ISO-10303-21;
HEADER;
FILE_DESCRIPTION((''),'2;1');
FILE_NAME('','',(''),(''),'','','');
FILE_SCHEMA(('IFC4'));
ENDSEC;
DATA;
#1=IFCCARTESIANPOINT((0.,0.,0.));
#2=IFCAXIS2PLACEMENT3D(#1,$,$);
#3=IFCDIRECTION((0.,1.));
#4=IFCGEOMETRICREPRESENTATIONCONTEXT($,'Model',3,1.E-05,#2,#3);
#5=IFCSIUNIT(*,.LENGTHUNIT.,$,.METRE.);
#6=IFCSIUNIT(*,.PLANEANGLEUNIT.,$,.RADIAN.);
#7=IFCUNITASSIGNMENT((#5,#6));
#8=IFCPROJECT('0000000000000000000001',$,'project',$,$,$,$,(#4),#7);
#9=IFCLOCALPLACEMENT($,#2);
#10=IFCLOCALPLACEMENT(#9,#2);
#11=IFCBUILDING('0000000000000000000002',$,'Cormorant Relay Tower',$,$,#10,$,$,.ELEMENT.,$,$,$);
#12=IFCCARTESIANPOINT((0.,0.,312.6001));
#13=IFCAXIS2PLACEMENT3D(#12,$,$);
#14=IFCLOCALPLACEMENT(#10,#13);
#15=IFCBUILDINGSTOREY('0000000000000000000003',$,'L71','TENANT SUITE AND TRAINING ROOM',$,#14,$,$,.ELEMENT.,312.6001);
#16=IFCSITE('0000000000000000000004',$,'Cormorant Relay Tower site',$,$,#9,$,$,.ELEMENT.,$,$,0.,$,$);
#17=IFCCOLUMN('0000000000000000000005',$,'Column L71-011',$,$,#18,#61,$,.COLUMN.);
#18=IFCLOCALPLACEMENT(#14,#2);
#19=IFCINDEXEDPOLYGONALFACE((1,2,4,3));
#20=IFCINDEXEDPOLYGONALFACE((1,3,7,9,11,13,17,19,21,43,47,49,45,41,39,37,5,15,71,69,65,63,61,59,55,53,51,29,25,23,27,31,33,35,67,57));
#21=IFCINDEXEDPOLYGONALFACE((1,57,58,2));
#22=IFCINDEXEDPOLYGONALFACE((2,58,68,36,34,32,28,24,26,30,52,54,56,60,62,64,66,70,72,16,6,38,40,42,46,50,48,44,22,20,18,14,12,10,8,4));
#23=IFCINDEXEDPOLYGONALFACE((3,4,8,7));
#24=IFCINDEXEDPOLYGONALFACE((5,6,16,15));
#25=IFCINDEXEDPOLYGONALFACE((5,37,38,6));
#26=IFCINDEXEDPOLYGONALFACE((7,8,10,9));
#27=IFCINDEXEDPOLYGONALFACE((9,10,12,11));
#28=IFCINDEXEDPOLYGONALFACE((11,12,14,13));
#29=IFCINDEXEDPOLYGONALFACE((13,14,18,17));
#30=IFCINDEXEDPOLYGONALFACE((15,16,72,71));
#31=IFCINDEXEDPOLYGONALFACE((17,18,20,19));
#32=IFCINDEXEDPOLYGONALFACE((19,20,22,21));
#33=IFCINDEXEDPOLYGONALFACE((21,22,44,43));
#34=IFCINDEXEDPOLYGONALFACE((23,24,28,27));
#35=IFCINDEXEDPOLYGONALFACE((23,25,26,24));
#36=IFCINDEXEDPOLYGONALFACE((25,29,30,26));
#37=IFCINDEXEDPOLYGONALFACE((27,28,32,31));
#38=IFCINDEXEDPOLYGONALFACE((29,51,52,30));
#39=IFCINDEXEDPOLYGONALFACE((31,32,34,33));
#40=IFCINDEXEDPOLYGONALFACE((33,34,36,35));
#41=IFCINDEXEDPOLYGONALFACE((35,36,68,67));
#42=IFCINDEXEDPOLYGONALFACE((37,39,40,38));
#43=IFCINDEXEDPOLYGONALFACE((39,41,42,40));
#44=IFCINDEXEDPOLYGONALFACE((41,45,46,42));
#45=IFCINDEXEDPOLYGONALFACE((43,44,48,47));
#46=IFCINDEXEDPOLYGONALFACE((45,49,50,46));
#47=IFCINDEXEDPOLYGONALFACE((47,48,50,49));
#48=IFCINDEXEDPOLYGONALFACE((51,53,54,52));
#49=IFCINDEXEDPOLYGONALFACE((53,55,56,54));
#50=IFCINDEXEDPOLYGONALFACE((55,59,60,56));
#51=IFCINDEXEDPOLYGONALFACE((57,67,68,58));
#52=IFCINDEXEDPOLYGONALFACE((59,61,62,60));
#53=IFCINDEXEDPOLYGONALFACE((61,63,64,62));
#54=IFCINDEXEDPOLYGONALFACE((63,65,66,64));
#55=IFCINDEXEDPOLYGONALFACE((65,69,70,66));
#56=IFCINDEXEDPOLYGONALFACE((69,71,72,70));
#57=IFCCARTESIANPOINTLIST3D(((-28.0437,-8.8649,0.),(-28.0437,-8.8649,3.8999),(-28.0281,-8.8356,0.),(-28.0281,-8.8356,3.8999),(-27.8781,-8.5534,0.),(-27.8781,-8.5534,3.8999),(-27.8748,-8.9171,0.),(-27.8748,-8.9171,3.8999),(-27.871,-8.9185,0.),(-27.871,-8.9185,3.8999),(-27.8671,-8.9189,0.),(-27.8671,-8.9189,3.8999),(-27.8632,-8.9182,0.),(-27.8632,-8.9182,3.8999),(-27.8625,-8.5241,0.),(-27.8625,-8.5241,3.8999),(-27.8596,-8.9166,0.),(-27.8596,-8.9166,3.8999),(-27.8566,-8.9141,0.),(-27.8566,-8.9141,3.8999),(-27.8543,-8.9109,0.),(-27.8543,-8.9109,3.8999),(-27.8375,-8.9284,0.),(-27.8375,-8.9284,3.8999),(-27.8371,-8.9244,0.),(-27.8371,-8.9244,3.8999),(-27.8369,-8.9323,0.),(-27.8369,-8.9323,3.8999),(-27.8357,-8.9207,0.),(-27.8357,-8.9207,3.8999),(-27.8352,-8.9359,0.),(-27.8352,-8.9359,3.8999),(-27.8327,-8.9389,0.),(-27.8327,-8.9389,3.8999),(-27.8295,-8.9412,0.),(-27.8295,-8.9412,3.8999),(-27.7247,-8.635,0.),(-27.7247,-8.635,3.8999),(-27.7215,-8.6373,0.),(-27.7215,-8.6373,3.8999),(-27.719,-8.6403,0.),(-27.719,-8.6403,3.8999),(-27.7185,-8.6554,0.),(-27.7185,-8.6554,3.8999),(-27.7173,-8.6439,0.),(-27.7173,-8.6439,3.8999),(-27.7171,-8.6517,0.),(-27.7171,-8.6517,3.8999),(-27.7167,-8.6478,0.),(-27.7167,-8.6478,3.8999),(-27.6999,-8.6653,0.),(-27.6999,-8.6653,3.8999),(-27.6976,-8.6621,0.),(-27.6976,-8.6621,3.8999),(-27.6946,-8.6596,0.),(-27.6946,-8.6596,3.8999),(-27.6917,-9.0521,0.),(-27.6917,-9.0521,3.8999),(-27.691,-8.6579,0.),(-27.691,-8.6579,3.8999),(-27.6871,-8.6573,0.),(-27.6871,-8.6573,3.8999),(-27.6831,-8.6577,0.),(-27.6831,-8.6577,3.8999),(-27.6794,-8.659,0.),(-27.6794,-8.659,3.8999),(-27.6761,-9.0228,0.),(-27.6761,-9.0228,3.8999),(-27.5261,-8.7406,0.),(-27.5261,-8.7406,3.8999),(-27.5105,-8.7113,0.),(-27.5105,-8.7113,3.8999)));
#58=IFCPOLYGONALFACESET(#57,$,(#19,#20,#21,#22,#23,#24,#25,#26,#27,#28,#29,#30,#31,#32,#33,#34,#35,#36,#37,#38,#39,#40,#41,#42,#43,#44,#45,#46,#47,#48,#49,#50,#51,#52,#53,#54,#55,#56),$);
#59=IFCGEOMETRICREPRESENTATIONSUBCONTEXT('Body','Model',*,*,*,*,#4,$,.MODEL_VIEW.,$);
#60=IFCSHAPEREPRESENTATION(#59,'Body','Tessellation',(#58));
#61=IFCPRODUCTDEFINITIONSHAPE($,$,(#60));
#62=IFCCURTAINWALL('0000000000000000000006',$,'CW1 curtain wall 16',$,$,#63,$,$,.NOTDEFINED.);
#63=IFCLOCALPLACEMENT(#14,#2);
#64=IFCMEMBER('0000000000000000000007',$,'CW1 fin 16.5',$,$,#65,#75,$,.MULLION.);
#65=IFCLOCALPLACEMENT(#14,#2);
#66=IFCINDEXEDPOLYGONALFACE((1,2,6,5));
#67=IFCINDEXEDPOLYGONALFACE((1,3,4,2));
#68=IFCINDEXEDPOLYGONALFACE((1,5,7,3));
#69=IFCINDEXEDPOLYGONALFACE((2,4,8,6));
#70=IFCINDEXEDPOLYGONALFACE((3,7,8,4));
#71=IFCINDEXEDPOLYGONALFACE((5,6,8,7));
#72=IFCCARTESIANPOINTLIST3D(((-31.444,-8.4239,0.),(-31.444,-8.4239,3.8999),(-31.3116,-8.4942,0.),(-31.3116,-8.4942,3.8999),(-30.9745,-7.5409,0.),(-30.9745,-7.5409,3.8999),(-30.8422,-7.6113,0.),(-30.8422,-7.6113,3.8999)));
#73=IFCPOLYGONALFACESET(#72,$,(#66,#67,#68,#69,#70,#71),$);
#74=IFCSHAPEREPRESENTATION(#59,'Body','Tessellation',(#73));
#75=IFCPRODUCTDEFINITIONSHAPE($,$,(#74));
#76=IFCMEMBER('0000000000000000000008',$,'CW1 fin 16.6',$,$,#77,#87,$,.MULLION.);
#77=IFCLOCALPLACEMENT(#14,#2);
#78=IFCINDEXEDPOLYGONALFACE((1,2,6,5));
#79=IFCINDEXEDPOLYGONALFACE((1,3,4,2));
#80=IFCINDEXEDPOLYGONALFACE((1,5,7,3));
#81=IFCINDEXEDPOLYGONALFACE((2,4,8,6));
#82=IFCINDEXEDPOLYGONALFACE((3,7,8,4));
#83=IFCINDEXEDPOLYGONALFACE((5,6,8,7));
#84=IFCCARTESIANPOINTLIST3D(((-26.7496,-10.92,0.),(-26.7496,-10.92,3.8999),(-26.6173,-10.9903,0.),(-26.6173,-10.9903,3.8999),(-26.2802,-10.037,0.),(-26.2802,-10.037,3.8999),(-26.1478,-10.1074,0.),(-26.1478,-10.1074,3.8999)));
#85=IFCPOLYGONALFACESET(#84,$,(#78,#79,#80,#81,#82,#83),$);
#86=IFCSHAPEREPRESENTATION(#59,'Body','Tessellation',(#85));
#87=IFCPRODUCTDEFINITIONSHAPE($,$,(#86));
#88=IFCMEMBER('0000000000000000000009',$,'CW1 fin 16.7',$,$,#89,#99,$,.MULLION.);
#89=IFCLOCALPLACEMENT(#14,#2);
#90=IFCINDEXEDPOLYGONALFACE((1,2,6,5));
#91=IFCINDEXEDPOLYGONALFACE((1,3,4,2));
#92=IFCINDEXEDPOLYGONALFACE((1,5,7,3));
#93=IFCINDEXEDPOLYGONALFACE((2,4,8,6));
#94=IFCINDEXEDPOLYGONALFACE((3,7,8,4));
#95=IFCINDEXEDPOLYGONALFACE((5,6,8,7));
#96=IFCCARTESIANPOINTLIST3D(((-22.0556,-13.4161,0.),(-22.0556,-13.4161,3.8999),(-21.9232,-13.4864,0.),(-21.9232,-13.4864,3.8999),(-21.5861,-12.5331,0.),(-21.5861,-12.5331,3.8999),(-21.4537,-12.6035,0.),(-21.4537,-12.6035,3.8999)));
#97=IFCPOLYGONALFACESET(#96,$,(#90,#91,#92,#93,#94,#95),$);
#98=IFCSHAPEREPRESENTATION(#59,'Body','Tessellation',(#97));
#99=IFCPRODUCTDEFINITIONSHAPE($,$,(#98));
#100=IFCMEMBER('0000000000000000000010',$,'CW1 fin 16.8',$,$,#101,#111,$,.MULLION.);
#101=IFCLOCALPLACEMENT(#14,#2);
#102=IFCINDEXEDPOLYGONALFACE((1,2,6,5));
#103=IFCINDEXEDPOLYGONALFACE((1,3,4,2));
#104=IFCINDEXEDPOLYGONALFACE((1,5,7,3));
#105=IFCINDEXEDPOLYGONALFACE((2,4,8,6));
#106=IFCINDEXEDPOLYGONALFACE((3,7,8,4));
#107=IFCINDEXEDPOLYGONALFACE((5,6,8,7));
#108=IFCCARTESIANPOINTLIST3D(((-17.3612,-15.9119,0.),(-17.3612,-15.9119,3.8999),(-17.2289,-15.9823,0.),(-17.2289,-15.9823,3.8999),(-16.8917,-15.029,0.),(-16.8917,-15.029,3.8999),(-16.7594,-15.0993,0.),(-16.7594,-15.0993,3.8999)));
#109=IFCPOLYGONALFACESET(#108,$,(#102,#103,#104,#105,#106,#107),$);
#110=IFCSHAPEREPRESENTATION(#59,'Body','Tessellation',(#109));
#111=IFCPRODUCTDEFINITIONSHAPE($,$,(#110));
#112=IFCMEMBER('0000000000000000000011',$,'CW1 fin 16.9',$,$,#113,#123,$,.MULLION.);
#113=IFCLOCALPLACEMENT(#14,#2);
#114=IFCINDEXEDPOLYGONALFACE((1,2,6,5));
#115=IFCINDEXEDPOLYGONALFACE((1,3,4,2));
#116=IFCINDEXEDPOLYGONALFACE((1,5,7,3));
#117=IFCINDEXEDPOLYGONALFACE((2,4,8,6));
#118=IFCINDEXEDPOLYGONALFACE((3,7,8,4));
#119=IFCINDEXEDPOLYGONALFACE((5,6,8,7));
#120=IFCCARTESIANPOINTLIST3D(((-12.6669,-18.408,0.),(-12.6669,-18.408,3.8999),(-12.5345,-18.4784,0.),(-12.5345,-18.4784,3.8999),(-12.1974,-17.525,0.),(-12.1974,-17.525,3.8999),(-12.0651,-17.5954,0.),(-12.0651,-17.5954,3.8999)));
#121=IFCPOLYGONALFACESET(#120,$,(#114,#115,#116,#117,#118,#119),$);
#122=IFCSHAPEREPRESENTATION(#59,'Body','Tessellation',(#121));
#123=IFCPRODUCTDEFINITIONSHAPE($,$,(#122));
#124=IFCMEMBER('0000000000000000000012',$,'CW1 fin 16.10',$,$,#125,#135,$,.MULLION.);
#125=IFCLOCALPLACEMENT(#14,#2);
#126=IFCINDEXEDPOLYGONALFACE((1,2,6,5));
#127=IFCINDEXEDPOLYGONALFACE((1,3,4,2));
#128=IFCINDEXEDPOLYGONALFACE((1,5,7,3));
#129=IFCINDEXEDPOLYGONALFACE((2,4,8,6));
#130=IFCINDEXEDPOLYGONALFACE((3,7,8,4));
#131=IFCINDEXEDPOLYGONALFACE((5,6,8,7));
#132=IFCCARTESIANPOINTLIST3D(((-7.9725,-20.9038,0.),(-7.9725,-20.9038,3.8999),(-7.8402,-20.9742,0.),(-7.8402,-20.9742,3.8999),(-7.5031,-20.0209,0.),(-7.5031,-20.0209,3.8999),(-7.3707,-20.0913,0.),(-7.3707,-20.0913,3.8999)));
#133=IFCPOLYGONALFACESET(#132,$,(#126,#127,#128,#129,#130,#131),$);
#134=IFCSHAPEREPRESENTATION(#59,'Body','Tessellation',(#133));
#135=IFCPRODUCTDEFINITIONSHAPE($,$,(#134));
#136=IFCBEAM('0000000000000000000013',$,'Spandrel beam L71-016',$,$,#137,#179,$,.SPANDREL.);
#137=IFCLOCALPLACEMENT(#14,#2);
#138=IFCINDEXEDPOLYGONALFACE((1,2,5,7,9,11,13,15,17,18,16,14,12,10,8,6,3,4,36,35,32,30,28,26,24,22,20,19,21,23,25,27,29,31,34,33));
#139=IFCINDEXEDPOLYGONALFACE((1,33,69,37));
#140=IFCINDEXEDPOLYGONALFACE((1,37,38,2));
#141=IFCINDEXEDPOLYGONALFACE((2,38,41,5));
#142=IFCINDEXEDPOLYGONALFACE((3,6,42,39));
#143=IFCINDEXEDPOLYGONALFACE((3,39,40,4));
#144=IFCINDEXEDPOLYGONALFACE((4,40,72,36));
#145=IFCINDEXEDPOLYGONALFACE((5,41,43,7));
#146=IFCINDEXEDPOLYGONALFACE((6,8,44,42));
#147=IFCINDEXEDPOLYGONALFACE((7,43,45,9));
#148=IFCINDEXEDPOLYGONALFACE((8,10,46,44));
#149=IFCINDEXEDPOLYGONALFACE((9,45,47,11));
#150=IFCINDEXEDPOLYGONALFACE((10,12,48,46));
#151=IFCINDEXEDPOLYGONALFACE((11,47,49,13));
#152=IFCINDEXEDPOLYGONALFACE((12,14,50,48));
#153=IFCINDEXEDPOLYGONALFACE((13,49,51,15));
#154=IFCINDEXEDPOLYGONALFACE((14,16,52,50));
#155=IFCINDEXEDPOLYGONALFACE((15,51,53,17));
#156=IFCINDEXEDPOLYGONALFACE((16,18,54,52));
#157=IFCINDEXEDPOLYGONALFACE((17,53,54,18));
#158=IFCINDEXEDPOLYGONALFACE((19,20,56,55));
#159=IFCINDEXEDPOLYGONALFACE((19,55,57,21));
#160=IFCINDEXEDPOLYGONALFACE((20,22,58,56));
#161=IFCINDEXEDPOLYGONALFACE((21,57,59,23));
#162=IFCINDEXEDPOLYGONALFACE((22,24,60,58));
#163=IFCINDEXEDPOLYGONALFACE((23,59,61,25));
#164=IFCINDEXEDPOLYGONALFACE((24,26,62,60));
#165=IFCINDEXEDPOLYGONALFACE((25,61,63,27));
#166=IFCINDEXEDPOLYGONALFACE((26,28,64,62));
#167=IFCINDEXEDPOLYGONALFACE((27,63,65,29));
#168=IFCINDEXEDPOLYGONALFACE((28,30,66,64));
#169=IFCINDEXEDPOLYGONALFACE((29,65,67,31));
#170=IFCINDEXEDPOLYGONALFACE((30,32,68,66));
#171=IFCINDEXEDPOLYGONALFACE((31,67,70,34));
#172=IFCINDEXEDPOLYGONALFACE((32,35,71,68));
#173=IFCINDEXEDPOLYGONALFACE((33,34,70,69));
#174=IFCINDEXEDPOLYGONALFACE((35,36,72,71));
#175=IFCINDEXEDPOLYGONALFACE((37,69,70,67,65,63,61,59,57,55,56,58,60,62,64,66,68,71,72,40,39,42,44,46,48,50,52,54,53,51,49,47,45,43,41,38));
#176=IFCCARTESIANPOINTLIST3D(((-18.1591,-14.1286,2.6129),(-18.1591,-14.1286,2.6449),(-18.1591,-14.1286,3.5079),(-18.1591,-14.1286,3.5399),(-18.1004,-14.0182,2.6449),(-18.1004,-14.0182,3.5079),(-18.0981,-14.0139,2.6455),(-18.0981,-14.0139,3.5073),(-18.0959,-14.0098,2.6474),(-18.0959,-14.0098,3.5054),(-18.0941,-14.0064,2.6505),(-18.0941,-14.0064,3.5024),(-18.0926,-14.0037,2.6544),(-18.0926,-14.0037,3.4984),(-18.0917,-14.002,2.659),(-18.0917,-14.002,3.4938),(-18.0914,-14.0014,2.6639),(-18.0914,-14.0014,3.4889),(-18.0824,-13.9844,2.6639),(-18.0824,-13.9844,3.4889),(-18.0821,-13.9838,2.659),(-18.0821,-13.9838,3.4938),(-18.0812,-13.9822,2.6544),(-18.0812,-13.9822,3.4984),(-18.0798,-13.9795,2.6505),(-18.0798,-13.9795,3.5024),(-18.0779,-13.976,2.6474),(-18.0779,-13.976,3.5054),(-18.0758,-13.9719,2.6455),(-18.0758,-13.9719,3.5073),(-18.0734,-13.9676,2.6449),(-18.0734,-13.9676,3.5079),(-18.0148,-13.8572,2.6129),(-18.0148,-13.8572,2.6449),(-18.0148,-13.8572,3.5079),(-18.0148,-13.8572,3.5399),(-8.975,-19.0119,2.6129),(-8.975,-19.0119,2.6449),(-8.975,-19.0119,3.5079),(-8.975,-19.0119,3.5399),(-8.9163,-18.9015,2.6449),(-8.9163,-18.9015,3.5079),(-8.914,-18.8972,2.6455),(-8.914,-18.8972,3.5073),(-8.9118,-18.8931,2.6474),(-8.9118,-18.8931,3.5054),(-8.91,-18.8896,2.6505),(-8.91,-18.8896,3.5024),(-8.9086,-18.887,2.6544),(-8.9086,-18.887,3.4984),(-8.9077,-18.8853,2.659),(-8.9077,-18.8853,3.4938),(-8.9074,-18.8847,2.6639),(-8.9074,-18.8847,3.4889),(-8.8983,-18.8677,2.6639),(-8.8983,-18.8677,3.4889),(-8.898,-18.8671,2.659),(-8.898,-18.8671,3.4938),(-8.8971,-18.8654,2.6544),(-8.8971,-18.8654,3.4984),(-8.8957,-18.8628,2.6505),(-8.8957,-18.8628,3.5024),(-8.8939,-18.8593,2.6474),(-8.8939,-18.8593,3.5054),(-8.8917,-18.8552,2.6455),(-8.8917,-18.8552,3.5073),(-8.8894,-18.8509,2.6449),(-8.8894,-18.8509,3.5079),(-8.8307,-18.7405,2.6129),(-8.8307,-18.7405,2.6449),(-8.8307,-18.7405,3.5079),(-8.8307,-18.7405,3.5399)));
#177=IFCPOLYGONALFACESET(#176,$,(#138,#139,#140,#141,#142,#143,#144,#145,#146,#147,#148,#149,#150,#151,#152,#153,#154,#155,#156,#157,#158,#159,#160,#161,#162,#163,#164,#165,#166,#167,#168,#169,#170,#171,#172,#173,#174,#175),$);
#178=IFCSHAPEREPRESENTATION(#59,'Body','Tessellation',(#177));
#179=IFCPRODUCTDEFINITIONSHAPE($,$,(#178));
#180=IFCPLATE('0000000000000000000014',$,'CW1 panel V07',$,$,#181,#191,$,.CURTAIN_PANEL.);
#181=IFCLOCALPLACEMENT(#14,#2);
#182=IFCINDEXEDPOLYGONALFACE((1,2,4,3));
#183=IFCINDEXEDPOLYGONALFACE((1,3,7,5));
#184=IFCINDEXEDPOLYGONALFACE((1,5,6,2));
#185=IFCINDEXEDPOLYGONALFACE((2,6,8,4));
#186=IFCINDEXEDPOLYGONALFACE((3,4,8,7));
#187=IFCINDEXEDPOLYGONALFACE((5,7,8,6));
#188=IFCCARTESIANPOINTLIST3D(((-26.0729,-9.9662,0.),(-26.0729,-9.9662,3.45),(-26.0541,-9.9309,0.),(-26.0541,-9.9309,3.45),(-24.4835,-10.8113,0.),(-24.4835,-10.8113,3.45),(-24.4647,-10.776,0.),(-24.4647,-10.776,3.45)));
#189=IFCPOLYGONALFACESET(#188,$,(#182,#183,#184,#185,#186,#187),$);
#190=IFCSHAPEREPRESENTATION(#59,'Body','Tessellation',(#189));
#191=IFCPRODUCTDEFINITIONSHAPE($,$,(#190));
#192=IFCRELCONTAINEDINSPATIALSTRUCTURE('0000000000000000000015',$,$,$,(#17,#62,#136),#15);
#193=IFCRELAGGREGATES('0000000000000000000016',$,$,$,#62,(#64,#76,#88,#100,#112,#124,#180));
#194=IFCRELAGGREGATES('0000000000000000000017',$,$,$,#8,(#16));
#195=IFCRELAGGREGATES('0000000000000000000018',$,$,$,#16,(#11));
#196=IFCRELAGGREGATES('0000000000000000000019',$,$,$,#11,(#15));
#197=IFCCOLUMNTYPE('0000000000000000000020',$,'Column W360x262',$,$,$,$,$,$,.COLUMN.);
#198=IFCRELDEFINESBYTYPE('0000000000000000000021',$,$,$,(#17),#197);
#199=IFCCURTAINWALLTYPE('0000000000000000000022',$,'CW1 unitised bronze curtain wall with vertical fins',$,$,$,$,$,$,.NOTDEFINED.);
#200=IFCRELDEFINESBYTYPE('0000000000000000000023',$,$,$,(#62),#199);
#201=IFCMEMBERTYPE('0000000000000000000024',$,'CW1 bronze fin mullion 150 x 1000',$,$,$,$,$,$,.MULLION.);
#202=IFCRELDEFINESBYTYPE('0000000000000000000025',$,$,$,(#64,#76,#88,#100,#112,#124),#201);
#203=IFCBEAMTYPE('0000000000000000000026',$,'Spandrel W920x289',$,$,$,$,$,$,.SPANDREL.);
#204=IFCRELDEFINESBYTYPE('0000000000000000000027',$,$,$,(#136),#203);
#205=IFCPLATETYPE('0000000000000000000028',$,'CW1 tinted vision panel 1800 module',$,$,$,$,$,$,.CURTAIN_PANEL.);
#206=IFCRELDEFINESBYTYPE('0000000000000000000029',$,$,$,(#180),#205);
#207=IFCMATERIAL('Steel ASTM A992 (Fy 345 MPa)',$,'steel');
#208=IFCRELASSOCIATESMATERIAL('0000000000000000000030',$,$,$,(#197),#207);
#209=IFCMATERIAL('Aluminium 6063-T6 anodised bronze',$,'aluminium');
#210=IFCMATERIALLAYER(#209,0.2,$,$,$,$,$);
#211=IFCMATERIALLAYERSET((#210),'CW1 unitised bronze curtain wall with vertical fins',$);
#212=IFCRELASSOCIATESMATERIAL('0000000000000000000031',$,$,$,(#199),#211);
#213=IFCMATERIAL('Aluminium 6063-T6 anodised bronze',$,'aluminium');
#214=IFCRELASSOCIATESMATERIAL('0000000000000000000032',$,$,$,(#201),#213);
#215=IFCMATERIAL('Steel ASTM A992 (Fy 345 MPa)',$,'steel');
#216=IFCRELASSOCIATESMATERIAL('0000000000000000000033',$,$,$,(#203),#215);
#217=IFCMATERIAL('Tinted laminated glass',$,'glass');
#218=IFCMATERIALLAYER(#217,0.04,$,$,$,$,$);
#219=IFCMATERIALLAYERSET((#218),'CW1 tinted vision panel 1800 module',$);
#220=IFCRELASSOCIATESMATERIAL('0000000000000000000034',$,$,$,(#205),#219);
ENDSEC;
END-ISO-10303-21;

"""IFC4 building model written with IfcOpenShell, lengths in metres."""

from ifc_helpers import new_model, si_unit, direction, frame, origin, origin_2d, place, context, subcontext, project, spatial, rectangle, i_section, extrude, material, layer, layer_set, material_profile, profile_set, type_object, element, aggregate, save


model = new_model("IFC4")

# Units and contexts
model_context = context("Model", 3, precision=1e-05, world=origin(), true_north=direction((0.0, 1.0)))
body_context = subcontext(model_context, "Body", "Model", "MODEL_VIEW")
ifc_project = project(units=[si_unit("LENGTHUNIT", "METRE"), si_unit("PLANEANGLEUNIT", "RADIAN")], contexts=[model_context])

# Site, building, storey
site_placement = place(None, origin())
site = spatial("IfcSite", under=ifc_project, at=site_placement, Name="Cormorant Relay Tower site", CompositionType="ELEMENT", RefElevation=0.0)
building_placement = place(site_placement, origin())
building = spatial("IfcBuilding", under=site, at=building_placement, Name="Cormorant Relay Tower", CompositionType="ELEMENT")
storey_placement = place(building_placement, frame((0.0, 0.0, 312.6001)))
storey = spatial("IfcBuildingStorey", under=building, at=storey_placement, Name="L71", Description="TENANT SUITE AND TRAINING ROOM", CompositionType="ELEMENT", Elevation=312.6001)

# Column
ifc_material_1 = material(Name="Steel ASTM A992 (Fy 345 MPa)", Category="steel")
ifc_material_profile_1 = material_profile(ifc_material_1, i_section(OverallWidth=0.3987, OverallDepth=0.386, WebThickness=0.021, FlangeThickness=0.0332, FilletRadius=0.0151, at=origin_2d()), Name="W360x262")
ifc_profile_set_1 = profile_set([ifc_material_profile_1], Name="Steel ASTM A992 (Fy 345 MPa)")
column_type_1 = type_object("IfcColumnType", Name="Column W360x262", PredefinedType="COLUMN", material=ifc_profile_set_1)
for number, where, z_axis, x_axis, name in (
    (1, (-27.7771, -8.7881, 0.0), (0.0, 0.0, 1.0), (0.882948, -0.469472, 0.0), "Column L71-011"),
):
    element("IfcColumn", number, at=place(storey_placement, frame(where, z_axis=z_axis, x_axis=x_axis)), inside=storey, type_object=column_type_1, Name=name, PredefinedType="COLUMN", context=body_context, shape_type="SweptSolid", body=[
        extrude(i_section(OverallWidth=0.3987, OverallDepth=0.386, WebThickness=0.021, FlangeThickness=0.0332, FilletRadius=0.0151, at=origin_2d()), origin(), (0.0, 0.0, 1.0), 3.8999),
    ])

# Curtain wall, members
ifc_material_2 = material(Name="Aluminium 6063-T6 anodised bronze", Category="aluminium")
ifc_layer_1 = layer(ifc_material_2, 0.2)
ifc_layer_set_1 = layer_set([ifc_layer_1], Name="CW1 unitised bronze curtain wall with vertical fins")
curtain_wall_type = type_object("IfcCurtainWallType", Name="CW1 unitised bronze curtain wall with vertical fins", PredefinedType="NOTDEFINED", material=ifc_layer_set_1)
curtain_wall_placement = place(storey_placement, origin())
curtain_wall = element("IfcCurtainWall", 2, at=curtain_wall_placement, inside=storey, type_object=curtain_wall_type, Name="CW1 curtain wall 16", PredefinedType="NOTDEFINED")
ifc_material_3 = material(Name="Aluminium 6063-T6 anodised bronze", Category="aluminium")
ifc_material_profile_2 = material_profile(ifc_material_3, rectangle(XDim=0.1499, YDim=1.0, at=origin_2d()), Name="AL 150x1000")
ifc_profile_set_2 = profile_set([ifc_material_profile_2], Name="Aluminium 6063-T6 anodised bronze")
member_type = type_object("IfcMemberType", Name="CW1 bronze fin mullion 150 x 1000", PredefinedType="MULLION", material=ifc_profile_set_2)
member_1_placement = place(storey_placement, frame((-31.1431, -8.0176, 0.0), z_axis=(0.0, 0.0, 1.0), x_axis=(0.882948, -0.469472, 0.0)))
member_1 = element("IfcMember", 3, at=member_1_placement, type_object=member_type, Name="CW1 fin 16.5", PredefinedType="MULLION", context=body_context, shape_type="SweptSolid", body=[
    extrude(rectangle(XDim=0.1499, YDim=1.0, at=origin_2d()), origin(), (0.0, 0.0, 1.0), 3.8999),
])
member_2_placement = place(storey_placement, frame((-26.4487, -10.5137, 0.0), z_axis=(0.0, 0.0, 1.0), x_axis=(0.882948, -0.469472, 0.0)))
member_2 = element("IfcMember", 4, at=member_2_placement, type_object=member_type, Name="CW1 fin 16.6", PredefinedType="MULLION", context=body_context, shape_type="SweptSolid", body=[
    extrude(rectangle(XDim=0.1499, YDim=1.0, at=origin_2d()), origin(), (0.0, 0.0, 1.0), 3.8999),
])
member_3_placement = place(storey_placement, frame((-21.7546, -13.0098, 0.0), z_axis=(0.0, 0.0, 1.0), x_axis=(0.882948, -0.469472, 0.0)))
member_3 = element("IfcMember", 5, at=member_3_placement, type_object=member_type, Name="CW1 fin 16.7", PredefinedType="MULLION", context=body_context, shape_type="SweptSolid", body=[
    extrude(rectangle(XDim=0.1499, YDim=1.0, at=origin_2d()), origin(), (0.0, 0.0, 1.0), 3.8999),
])
member_4_placement = place(storey_placement, frame((-17.0603, -15.5056, 0.0), z_axis=(0.0, 0.0, 1.0), x_axis=(0.882948, -0.469472, 0.0)))
member_4 = element("IfcMember", 6, at=member_4_placement, type_object=member_type, Name="CW1 fin 16.8", PredefinedType="MULLION", context=body_context, shape_type="SweptSolid", body=[
    extrude(rectangle(XDim=0.1499, YDim=1.0, at=origin_2d()), origin(), (0.0, 0.0, 1.0), 3.8999),
])
member_5_placement = place(storey_placement, frame((-12.366, -18.0017, 0.0), z_axis=(0.0, 0.0, 1.0), x_axis=(0.882948, -0.469472, 0.0)))
member_5 = element("IfcMember", 7, at=member_5_placement, type_object=member_type, Name="CW1 fin 16.9", PredefinedType="MULLION", context=body_context, shape_type="SweptSolid", body=[
    extrude(rectangle(XDim=0.1499, YDim=1.0, at=origin_2d()), origin(), (0.0, 0.0, 1.0), 3.8999),
])
member_6_placement = place(storey_placement, frame((-7.6716, -20.4976, 0.0), z_axis=(0.0, 0.0, 1.0), x_axis=(0.882948, -0.469472, 0.0)))
member_6 = element("IfcMember", 8, at=member_6_placement, type_object=member_type, Name="CW1 fin 16.10", PredefinedType="MULLION", context=body_context, shape_type="SweptSolid", body=[
    extrude(rectangle(XDim=0.1499, YDim=1.0, at=origin_2d()), origin(), (0.0, 0.0, 1.0), 3.8999),
])

# Beam
ifc_material_4 = material(Name="Steel ASTM A992 (Fy 345 MPa)", Category="steel")
ifc_material_profile_3 = material_profile(ifc_material_4, i_section(OverallWidth=0.3074, OverallDepth=0.927, WebThickness=0.0193, FlangeThickness=0.032, FilletRadius=0.019, at=origin_2d()), Name="W920x289")
ifc_profile_set_3 = profile_set([ifc_material_profile_3], Name="Steel ASTM A992 (Fy 345 MPa)")
beam_type = type_object("IfcBeamType", Name="Spandrel W920x289", PredefinedType="SPANDREL", material=ifc_profile_set_3)
beam_placement = place(storey_placement, frame((-18.0869, -13.9929, 3.0764), z_axis=(0.882946, -0.469474, 0.0), x_axis=(0.469474, 0.882946, 0.0)))
element("IfcBeam", 9, at=beam_placement, inside=storey, type_object=beam_type, Name="Spandrel beam L71-016", PredefinedType="SPANDREL", context=body_context, shape_type="SweptSolid", body=[
    extrude(i_section(OverallWidth=0.3074, OverallDepth=0.927, WebThickness=0.0193, FlangeThickness=0.032, FilletRadius=0.019, at=origin_2d()), origin(), (0.0, 0.0, 1.0), 10.4016),
])

# Plate
ifc_material_5 = material(Name="Tinted laminated glass", Category="glass")
ifc_layer_2 = layer(ifc_material_5, 0.04)
ifc_layer_set_2 = layer_set([ifc_layer_2], Name="CW1 tinted vision panel 1800 module")
plate_type_1 = type_object("IfcPlateType", Name="CW1 tinted vision panel 1800 module", PredefinedType="CURTAIN_PANEL", material=ifc_layer_set_2)
plate_1_placement = place(storey_placement, frame((-25.2688, -10.3711, 0.0), z_axis=(0.0, 0.0, 1.0), x_axis=(0.882948, -0.469472, 0.0)))
plate_1 = element("IfcPlate", 10, at=plate_1_placement, type_object=plate_type_1, Name="CW1 panel V07", PredefinedType="CURTAIN_PANEL", context=body_context, shape_type="SweptSolid", body=[
    extrude(rectangle(XDim=1.8, YDim=0.04, at=origin_2d()), origin(), (0.0, 0.0, 1.0), 3.45),
])

aggregate(curtain_wall, [member_1, member_2, member_3, member_4, member_5, member_6, plate_1])

save(model, "model.ifc")
